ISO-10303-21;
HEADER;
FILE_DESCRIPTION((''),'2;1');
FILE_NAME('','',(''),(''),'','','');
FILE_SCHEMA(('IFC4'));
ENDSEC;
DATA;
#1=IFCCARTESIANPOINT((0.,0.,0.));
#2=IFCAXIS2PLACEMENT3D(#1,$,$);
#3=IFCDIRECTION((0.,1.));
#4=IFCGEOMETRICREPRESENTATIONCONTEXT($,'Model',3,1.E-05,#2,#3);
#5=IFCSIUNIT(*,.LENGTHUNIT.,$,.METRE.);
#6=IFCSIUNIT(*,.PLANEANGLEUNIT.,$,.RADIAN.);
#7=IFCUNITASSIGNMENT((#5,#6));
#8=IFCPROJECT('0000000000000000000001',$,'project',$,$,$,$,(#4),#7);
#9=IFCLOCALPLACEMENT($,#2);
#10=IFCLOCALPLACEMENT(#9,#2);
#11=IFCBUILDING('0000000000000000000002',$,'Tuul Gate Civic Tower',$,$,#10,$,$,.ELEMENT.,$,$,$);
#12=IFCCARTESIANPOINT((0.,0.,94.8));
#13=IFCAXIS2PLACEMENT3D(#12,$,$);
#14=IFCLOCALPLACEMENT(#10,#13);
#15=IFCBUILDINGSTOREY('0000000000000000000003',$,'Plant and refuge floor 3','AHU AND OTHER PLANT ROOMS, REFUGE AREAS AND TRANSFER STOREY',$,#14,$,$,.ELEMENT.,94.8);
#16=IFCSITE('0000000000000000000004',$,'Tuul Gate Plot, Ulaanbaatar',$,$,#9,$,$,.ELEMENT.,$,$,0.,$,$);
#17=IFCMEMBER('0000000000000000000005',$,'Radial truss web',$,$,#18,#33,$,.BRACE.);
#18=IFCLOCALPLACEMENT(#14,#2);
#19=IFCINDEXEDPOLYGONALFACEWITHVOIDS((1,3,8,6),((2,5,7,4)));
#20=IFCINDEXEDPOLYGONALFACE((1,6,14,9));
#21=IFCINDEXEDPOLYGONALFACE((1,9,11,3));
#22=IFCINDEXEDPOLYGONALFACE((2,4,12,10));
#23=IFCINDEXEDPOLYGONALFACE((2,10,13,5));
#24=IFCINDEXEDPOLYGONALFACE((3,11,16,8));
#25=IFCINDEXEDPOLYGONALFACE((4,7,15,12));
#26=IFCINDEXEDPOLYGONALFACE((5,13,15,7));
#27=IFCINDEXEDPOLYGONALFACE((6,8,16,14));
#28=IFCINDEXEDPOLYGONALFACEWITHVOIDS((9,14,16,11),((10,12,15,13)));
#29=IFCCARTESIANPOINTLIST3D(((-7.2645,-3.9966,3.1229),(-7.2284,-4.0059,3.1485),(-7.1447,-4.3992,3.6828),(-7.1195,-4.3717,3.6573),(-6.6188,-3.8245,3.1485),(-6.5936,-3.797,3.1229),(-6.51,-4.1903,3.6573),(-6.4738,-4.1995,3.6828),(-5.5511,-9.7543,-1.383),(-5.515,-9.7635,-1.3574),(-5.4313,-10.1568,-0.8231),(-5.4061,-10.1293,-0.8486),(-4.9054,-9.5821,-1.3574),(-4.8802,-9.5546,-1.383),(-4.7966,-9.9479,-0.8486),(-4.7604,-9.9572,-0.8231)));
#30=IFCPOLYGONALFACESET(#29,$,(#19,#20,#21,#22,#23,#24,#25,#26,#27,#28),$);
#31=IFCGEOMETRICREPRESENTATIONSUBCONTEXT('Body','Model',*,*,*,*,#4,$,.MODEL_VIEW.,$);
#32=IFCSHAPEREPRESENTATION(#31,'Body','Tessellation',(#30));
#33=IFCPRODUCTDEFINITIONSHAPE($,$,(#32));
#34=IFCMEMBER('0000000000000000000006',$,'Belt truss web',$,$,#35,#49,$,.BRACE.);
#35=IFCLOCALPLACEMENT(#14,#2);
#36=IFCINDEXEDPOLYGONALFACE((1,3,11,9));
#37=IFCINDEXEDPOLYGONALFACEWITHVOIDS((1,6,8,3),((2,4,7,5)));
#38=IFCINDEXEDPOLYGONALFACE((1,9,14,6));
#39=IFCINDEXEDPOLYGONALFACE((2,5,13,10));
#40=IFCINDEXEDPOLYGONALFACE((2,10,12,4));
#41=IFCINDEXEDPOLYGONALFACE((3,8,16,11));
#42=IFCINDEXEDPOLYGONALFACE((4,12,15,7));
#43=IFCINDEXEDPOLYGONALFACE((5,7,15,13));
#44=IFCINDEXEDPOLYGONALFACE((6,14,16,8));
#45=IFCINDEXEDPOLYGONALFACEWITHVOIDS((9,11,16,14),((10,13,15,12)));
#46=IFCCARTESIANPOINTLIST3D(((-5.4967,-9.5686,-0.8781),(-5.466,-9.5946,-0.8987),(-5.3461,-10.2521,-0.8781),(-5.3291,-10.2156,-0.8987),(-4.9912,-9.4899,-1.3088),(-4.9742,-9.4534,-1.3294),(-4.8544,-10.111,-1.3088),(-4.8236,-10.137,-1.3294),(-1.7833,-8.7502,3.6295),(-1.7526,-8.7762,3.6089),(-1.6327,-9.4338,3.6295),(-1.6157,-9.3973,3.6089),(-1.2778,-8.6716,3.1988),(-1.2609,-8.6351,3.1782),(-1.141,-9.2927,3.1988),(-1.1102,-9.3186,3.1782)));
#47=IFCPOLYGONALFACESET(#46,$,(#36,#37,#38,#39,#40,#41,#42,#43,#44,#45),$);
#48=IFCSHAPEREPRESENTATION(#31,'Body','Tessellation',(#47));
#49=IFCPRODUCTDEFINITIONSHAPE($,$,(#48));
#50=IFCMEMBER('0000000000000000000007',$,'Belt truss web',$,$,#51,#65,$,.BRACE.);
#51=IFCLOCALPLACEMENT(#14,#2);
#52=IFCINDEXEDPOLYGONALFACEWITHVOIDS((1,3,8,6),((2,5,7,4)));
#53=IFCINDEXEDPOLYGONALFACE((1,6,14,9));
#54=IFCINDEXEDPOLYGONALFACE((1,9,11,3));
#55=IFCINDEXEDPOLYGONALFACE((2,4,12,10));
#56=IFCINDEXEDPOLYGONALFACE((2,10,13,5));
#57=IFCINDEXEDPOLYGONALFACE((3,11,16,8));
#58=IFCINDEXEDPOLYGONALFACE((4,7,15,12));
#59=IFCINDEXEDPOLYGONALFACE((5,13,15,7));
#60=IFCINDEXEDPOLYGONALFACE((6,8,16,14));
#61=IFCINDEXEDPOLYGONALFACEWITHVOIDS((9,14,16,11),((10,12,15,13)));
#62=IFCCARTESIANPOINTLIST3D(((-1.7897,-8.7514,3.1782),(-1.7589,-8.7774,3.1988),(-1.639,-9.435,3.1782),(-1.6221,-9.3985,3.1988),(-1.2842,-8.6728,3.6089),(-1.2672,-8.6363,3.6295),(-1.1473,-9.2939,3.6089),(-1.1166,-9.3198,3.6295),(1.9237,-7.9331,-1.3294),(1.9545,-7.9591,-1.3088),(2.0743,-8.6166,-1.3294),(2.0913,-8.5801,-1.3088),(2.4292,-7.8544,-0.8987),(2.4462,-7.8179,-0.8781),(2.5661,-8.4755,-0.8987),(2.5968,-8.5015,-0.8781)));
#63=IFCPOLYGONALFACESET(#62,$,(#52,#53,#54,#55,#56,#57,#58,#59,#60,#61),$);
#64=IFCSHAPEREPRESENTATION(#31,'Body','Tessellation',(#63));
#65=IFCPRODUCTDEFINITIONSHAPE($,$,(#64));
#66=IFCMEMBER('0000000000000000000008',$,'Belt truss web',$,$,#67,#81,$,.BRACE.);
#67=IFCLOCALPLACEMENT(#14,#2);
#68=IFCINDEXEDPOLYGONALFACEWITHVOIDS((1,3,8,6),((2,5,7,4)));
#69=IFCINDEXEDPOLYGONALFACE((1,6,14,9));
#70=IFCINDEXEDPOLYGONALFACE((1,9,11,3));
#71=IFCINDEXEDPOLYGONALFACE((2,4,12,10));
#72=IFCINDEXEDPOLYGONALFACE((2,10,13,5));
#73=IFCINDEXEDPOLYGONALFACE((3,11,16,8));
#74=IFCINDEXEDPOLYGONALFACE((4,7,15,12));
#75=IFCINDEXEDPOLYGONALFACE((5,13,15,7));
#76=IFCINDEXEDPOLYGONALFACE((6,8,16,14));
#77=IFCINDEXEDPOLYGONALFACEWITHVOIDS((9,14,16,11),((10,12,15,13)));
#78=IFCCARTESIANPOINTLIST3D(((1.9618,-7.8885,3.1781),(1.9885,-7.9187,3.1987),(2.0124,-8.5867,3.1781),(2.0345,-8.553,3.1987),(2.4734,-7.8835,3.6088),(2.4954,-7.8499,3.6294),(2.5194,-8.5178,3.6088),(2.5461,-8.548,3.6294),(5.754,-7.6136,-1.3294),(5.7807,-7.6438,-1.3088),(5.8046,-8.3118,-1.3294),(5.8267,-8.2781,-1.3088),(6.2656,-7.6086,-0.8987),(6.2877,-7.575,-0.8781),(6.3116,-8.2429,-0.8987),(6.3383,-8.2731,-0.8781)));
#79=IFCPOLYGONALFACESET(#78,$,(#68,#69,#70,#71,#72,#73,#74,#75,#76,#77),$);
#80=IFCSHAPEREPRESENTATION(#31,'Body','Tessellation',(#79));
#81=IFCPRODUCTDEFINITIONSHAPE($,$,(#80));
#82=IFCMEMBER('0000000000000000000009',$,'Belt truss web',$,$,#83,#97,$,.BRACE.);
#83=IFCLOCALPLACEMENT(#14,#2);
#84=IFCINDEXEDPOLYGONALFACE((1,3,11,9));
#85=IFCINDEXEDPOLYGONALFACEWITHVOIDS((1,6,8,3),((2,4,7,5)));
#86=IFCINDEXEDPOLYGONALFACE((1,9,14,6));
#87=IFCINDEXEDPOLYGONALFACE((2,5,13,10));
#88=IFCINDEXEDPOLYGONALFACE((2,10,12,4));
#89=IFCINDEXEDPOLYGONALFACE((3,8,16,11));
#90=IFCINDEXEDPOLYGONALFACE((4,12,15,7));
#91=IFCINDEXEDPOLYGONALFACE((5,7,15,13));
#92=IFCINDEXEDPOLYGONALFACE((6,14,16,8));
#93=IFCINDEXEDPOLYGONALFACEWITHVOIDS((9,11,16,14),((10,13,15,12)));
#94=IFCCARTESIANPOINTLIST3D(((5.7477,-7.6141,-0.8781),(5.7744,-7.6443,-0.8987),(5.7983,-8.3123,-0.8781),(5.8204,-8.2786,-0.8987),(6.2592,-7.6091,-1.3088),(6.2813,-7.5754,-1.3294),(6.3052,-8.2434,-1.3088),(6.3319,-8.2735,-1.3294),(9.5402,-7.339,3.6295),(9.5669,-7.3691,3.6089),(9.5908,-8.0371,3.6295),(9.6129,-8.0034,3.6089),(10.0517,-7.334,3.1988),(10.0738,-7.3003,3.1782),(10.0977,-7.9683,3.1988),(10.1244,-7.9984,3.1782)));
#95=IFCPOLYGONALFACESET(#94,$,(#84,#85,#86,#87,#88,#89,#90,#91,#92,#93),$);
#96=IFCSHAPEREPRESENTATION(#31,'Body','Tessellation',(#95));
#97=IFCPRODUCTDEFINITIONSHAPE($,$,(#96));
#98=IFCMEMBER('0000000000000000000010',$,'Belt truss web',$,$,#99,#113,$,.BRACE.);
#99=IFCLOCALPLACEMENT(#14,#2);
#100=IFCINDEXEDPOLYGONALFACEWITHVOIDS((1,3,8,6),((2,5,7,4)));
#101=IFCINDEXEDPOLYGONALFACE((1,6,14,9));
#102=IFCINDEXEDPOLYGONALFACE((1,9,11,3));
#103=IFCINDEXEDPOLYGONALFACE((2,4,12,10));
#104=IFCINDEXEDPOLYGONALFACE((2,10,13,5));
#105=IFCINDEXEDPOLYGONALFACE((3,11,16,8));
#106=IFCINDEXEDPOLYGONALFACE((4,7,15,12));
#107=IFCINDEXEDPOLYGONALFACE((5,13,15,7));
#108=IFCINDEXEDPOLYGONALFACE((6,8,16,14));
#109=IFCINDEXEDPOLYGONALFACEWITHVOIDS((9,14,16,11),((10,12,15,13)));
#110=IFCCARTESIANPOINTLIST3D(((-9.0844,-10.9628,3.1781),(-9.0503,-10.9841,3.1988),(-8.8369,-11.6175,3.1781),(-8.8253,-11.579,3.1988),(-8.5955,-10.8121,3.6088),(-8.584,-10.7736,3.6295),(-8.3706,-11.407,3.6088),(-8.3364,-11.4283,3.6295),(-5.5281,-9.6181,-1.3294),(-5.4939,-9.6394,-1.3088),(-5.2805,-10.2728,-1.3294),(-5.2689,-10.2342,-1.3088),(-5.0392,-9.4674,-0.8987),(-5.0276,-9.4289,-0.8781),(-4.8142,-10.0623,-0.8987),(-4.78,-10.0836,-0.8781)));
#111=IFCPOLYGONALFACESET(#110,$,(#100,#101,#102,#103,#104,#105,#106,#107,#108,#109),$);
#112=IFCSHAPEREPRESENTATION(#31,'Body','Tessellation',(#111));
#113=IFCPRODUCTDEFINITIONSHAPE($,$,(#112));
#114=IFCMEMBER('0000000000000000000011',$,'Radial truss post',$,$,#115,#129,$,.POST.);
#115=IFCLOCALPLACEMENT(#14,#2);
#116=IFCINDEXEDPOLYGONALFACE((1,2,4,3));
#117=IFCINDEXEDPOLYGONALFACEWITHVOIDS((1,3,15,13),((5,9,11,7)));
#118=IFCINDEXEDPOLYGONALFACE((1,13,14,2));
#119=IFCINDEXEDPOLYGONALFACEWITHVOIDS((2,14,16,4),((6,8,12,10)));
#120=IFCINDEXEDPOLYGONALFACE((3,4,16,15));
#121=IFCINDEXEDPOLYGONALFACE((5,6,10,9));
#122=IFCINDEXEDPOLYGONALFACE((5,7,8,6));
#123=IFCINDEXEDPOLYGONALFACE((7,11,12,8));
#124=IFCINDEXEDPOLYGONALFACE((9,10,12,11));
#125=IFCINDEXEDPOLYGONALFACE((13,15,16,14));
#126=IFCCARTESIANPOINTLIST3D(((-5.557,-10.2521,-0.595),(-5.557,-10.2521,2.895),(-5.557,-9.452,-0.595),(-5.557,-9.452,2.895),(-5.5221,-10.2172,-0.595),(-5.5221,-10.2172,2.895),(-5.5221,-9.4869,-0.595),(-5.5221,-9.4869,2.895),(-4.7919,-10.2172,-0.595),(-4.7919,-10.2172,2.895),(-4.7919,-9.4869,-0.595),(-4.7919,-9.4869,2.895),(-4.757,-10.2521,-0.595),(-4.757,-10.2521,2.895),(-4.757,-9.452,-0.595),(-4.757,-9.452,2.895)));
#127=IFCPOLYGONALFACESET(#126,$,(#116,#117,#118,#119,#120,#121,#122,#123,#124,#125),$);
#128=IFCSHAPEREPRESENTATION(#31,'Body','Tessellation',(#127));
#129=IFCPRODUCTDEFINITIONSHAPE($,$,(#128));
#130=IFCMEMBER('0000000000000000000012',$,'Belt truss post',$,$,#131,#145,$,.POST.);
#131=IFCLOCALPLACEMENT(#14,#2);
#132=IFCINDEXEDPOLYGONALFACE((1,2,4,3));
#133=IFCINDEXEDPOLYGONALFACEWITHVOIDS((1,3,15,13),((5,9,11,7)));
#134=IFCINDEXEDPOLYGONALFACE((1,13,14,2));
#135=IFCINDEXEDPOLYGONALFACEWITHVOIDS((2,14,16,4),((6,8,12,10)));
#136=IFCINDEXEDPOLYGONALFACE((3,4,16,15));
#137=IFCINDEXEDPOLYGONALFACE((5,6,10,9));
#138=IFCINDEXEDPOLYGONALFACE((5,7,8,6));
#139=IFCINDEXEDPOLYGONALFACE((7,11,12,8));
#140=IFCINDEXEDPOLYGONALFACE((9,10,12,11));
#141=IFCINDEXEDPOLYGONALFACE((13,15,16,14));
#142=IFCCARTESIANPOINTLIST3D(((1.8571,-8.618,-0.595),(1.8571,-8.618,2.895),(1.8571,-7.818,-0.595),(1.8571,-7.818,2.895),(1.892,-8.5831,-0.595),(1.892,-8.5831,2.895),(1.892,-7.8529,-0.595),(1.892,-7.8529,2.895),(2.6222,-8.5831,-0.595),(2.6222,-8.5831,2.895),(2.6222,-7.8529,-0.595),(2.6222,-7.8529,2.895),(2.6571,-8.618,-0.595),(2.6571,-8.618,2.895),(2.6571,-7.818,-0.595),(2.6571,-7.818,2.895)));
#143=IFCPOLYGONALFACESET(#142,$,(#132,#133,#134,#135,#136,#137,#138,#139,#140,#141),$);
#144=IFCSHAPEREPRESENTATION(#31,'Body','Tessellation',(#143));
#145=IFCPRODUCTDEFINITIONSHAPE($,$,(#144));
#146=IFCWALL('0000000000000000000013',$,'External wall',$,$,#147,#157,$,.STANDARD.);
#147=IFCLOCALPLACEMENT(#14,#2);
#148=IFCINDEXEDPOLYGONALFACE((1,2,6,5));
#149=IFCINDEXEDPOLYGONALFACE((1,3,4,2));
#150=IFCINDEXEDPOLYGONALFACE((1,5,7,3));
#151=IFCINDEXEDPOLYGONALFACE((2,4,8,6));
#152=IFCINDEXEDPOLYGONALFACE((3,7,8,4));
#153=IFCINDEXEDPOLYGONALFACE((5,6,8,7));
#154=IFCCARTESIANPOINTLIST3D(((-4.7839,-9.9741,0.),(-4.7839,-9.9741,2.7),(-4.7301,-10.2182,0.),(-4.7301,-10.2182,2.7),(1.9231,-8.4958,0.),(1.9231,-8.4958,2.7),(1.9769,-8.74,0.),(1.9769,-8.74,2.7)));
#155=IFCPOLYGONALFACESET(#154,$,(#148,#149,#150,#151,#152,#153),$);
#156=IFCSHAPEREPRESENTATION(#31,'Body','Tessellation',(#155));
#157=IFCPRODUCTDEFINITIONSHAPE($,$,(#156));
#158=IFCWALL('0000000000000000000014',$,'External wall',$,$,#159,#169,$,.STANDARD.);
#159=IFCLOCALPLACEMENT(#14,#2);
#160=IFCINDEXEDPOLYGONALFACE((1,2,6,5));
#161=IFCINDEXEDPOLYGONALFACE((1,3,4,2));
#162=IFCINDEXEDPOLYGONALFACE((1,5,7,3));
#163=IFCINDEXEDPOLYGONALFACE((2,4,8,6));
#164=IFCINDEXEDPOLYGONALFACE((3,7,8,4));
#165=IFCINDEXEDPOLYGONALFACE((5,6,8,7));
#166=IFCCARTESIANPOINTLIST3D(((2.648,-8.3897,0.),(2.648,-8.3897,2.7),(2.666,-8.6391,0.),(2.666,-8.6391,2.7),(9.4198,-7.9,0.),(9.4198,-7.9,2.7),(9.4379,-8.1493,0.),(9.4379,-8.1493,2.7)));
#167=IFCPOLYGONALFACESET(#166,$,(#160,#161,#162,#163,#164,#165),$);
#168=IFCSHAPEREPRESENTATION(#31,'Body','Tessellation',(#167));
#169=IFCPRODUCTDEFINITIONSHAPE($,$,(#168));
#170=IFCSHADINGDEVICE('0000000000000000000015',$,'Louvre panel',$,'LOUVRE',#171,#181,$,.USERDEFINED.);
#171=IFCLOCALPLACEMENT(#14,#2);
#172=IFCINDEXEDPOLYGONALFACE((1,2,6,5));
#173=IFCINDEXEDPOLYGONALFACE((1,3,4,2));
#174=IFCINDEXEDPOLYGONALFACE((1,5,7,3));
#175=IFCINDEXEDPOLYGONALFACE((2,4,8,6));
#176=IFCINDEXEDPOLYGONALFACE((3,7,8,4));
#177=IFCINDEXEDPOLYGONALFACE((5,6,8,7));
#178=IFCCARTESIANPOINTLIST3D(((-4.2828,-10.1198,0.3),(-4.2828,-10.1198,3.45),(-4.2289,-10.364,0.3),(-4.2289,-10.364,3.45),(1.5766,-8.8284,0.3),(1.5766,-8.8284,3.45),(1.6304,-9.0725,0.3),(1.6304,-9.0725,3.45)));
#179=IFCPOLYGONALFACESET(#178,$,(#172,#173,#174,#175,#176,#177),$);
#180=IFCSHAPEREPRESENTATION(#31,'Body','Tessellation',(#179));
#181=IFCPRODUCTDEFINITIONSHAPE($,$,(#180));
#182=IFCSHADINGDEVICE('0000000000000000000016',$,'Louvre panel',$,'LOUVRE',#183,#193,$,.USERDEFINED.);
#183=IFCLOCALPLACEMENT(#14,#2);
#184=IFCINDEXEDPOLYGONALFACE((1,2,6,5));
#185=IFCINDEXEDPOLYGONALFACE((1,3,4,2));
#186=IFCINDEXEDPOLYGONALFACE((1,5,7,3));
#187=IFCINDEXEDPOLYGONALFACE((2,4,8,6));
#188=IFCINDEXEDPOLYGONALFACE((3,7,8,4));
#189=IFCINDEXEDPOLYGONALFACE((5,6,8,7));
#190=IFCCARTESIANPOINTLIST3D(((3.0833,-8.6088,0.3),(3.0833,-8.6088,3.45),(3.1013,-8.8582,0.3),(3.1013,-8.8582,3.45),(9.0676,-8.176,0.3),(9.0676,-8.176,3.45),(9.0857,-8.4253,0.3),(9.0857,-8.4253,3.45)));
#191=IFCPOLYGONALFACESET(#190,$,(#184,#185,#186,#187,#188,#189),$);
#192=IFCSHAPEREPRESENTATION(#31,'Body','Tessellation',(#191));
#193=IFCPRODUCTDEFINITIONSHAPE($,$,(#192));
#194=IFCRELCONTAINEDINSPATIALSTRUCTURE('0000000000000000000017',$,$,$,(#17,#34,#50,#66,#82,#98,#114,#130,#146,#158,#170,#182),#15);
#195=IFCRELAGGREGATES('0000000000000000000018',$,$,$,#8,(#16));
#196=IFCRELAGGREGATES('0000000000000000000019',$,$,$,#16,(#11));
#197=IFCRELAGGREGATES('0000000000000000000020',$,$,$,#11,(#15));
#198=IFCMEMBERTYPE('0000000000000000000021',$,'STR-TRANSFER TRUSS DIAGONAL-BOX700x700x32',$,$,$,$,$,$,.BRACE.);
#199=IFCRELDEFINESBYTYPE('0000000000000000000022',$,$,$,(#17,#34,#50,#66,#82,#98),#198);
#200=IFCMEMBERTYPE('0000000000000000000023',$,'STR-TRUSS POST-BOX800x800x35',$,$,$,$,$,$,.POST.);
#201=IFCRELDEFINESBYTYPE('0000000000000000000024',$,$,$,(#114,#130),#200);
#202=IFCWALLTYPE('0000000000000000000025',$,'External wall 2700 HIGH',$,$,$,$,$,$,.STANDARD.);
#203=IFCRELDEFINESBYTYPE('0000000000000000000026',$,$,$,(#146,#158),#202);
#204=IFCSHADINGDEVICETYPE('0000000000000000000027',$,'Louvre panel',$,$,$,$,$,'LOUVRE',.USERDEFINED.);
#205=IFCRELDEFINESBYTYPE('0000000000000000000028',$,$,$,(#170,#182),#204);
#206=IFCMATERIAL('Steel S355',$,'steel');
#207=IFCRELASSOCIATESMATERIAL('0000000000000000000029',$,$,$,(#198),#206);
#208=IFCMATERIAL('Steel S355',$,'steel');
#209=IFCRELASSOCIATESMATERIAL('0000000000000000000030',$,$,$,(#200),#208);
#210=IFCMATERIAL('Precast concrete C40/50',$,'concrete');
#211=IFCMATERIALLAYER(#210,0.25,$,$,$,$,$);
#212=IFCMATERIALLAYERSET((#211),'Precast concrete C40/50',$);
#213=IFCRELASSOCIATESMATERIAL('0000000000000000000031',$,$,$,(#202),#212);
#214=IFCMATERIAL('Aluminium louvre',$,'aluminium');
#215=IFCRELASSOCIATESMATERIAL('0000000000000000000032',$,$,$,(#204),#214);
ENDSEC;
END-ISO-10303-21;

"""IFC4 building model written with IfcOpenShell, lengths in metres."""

from ifc_helpers import new_model, si_unit, direction, frame, frame_2d, origin, origin_2d, place, context, subcontext, project, spatial, rectangle, hollow_rectangle, extrude, material, layer, layer_set, material_profile, profile_set, type_object, element, save


model = new_model("IFC4")

# Units and contexts
model_context = context("Model", 3, precision=1e-05, world=origin(), true_north=direction((0.0, 1.0)))
body_context = subcontext(model_context, "Body", "Model", "MODEL_VIEW")
ifc_project = project(units=[si_unit("LENGTHUNIT", "METRE"), si_unit("PLANEANGLEUNIT", "RADIAN")], contexts=[model_context])

# Site, building, storey
site_placement = place(None, origin())
site = spatial("IfcSite", under=ifc_project, at=site_placement, Name="Tuul Gate Plot, Ulaanbaatar", CompositionType="ELEMENT", RefElevation=0.0)
building_placement = place(site_placement, origin())
building = spatial("IfcBuilding", under=site, at=building_placement, Name="Tuul Gate Civic Tower", CompositionType="ELEMENT")
storey_placement = place(building_placement, frame((0.0, 0.0, 94.8)))
storey = spatial("IfcBuildingStorey", under=building, at=storey_placement, Name="Plant and refuge floor 3", Description="AHU AND OTHER PLANT ROOMS, REFUGE AREAS AND TRANSFER STOREY", CompositionType="ELEMENT", Elevation=94.8)

# Members
ifc_material_1 = material(Name="Steel S355", Category="steel")
ifc_material_profile_1 = material_profile(ifc_material_1, hollow_rectangle(XDim=0.7, YDim=0.7, WallThickness=0.032, at=origin_2d()), Name="BOX700x700x32")
ifc_profile_set_1 = profile_set([ifc_material_profile_1], Name="Steel S355")
member_type_1 = type_object("IfcMemberType", Name="STR-TRANSFER TRUSS DIAGONAL-BOX700x700x32", PredefinedType="BRACE", material=ifc_profile_set_1)
member_1_placement = place(storey_placement, frame((-5.1558, -9.8557, -1.103), z_axis=(-0.228171, 0.766736, 0.600045), x_axis=(-0.95846, -0.285226, 0.0)))
element("IfcMember", 1, at=member_1_placement, inside=storey, type_object=member_type_1, Name="Radial truss web", PredefinedType="BRACE", context=body_context, shape_type="SweptSolid", body=[
    extrude(hollow_rectangle(XDim=0.7, YDim=0.7, WallThickness=0.032, at=origin_2d()), origin(), (0.0, 0.0, 1.0), 7.5093),
])
for number, where, z_axis, x_axis, name in (
    (2, (-5.1602, -9.8528, -1.1038), (0.629684, 0.138771, 0.764356), (-0.215217, 0.976566, 0.0), "Belt truss web"),
    (3, (2.2603, -8.2173, -1.1038), (-0.629684, -0.138771, 0.764356), (0.215217, -0.976566, 0.0), "Belt truss web"),
):
    element("IfcMember", number, at=place(storey_placement, frame(where, z_axis=z_axis, x_axis=x_axis)), inside=storey, type_object=member_type_1, Name=name, PredefinedType="BRACE", context=body_context, shape_type="SweptSolid", body=[
        extrude(hollow_rectangle(XDim=0.7, YDim=0.7, WallThickness=0.032, at=origin_2d()), origin(), (0.0, 0.0, 1.0), 5.8972),
    ])
member_2_placement = place(storey_placement, frame((6.0461, -7.9434, -1.1038), z_axis=(-0.643077, -0.046617, 0.764381), x_axis=(0.072301, -0.997383, 0.0)))
element("IfcMember", 4, at=member_2_placement, inside=storey, type_object=member_type_1, Name="Belt truss web", PredefinedType="BRACE", context=body_context, shape_type="SweptSolid", body=[
    extrude(hollow_rectangle(XDim=0.7, YDim=0.7, WallThickness=0.032, at=origin_2d()), origin(), (0.0, 0.0, 1.0), 5.897),
])
member_3_placement = place(storey_placement, frame((6.0398, -7.9438, -1.1038), z_axis=(0.6431, 0.046657, 0.764359), x_axis=(-0.07236, 0.997379, 0.0)))
element("IfcMember", 5, at=member_3_placement, inside=storey, type_object=member_type_1, Name="Belt truss web", PredefinedType="BRACE", context=body_context, shape_type="SweptSolid", body=[
    extrude(hollow_rectangle(XDim=0.7, YDim=0.7, WallThickness=0.032, at=origin_2d()), origin(), (0.0, 0.0, 1.0), 5.8972),
])
member_4_placement = place(storey_placement, frame((-5.1541, -9.8508, -1.1038), z_axis=(-0.603087, -0.228036, 0.764385), x_axis=(0.353677, -0.935368, 0.0)))
element("IfcMember", 6, at=member_4_placement, inside=storey, type_object=member_type_1, Name="Belt truss web", PredefinedType="BRACE", context=body_context, shape_type="SweptSolid", body=[
    extrude(hollow_rectangle(XDim=0.7, YDim=0.7, WallThickness=0.032, at=origin_2d()), origin(), (0.0, 0.0, 1.0), 5.897),
])
ifc_material_2 = material(Name="Steel S355", Category="steel")
ifc_material_profile_2 = material_profile(ifc_material_2, hollow_rectangle(XDim=0.8, YDim=0.8, WallThickness=0.0349, at=origin_2d()), Name="BOX800x800x35")
ifc_profile_set_2 = profile_set([ifc_material_profile_2], Name="Steel S355")
member_type_2 = type_object("IfcMemberType", Name="STR-TRUSS POST-BOX800x800x35", PredefinedType="POST", material=ifc_profile_set_2)
for number, where, z_axis, x_axis, name in (
    (7, (-5.157, -9.8521, -0.595), (0.0, 0.0, 1.0), (1.0, 0.0, 0.0), "Radial truss post"),
    (8, (2.2571, -8.218, -0.595), (0.0, 0.0, 1.0), (1.0, 0.0, 0.0), "Belt truss post"),
):
    element("IfcMember", number, at=place(storey_placement, frame(where, z_axis=z_axis, x_axis=x_axis)), inside=storey, type_object=member_type_2, Name=name, PredefinedType="POST", context=body_context, shape_type="SweptSolid", body=[
        extrude(hollow_rectangle(XDim=0.8, YDim=0.8, WallThickness=0.0349, at=origin_2d()), origin(), (0.0, 0.0, 1.0), 3.49),
    ])

# Walls
ifc_material_3 = material(Name="Precast concrete C40/50", Category="concrete")
ifc_layer = layer(ifc_material_3, 0.25)
ifc_layer_set = layer_set([ifc_layer], Name="Precast concrete C40/50")
wall_type = type_object("IfcWallType", Name="External wall 2700 HIGH", PredefinedType="STANDARD", material=ifc_layer_set)
wall_1_placement = place(storey_placement, frame((-4.7571, -10.0962, 0.0), z_axis=(0.0, 0.0, 1.0), x_axis=(0.976561, 0.21524, 0.0)))
element("IfcWall", 9, at=wall_1_placement, inside=storey, type_object=wall_type, Name="External wall", PredefinedType="STANDARD", context=body_context, shape_type="SweptSolid", body=[
    extrude(rectangle(XDim=6.8679, YDim=0.25, at=frame_2d((3.4341, 0.0))), origin(), (0.0, 0.0, 1.0), 2.7),
])
wall_2_placement = place(storey_placement, frame((2.657, -8.5144, 0.0), z_axis=(0.0, 0.0, 1.0), x_axis=(0.997395, 0.072131, 0.0)))
element("IfcWall", 10, at=wall_2_placement, inside=storey, type_object=wall_type, Name="External wall", PredefinedType="STANDARD", context=body_context, shape_type="SweptSolid", body=[
    extrude(rectangle(XDim=6.7896, YDim=0.25, at=frame_2d((3.3948, 0.0))), origin(), (0.0, 0.0, 1.0), 2.7),
])

# Shading devices
ifc_material_4 = material(Name="Aluminium louvre", Category="aluminium")
shading_device_type = type_object("IfcShadingDeviceType", Name="Louvre panel", ElementType="LOUVRE", PredefinedType="USERDEFINED", material=ifc_material_4)
for number, where, z_axis, x_axis, name in (
    (11, (-1.3262, -9.5962, 0.3), (0.0, 0.0, 1.0), (0.215242, -0.976561, 0.0), "Louvre panel"),
    (12, (6.0845, -8.5171, 0.3), (0.0, 0.0, 1.0), (0.072144, -0.997394, 0.0), "Louvre panel"),
):
    element("IfcShadingDevice", number, at=place(storey_placement, frame(where, z_axis=z_axis, x_axis=x_axis)), inside=storey, type_object=shading_device_type, Name=name, ObjectType="LOUVRE", PredefinedType="USERDEFINED", context=body_context, shape_type="SweptSolid", body=[
        extrude(rectangle(XDim=0.25, YDim=6.0, at=origin_2d()), origin(), (0.0, 0.0, 1.0), 3.1499),
    ])

save(model, "model.ifc")
